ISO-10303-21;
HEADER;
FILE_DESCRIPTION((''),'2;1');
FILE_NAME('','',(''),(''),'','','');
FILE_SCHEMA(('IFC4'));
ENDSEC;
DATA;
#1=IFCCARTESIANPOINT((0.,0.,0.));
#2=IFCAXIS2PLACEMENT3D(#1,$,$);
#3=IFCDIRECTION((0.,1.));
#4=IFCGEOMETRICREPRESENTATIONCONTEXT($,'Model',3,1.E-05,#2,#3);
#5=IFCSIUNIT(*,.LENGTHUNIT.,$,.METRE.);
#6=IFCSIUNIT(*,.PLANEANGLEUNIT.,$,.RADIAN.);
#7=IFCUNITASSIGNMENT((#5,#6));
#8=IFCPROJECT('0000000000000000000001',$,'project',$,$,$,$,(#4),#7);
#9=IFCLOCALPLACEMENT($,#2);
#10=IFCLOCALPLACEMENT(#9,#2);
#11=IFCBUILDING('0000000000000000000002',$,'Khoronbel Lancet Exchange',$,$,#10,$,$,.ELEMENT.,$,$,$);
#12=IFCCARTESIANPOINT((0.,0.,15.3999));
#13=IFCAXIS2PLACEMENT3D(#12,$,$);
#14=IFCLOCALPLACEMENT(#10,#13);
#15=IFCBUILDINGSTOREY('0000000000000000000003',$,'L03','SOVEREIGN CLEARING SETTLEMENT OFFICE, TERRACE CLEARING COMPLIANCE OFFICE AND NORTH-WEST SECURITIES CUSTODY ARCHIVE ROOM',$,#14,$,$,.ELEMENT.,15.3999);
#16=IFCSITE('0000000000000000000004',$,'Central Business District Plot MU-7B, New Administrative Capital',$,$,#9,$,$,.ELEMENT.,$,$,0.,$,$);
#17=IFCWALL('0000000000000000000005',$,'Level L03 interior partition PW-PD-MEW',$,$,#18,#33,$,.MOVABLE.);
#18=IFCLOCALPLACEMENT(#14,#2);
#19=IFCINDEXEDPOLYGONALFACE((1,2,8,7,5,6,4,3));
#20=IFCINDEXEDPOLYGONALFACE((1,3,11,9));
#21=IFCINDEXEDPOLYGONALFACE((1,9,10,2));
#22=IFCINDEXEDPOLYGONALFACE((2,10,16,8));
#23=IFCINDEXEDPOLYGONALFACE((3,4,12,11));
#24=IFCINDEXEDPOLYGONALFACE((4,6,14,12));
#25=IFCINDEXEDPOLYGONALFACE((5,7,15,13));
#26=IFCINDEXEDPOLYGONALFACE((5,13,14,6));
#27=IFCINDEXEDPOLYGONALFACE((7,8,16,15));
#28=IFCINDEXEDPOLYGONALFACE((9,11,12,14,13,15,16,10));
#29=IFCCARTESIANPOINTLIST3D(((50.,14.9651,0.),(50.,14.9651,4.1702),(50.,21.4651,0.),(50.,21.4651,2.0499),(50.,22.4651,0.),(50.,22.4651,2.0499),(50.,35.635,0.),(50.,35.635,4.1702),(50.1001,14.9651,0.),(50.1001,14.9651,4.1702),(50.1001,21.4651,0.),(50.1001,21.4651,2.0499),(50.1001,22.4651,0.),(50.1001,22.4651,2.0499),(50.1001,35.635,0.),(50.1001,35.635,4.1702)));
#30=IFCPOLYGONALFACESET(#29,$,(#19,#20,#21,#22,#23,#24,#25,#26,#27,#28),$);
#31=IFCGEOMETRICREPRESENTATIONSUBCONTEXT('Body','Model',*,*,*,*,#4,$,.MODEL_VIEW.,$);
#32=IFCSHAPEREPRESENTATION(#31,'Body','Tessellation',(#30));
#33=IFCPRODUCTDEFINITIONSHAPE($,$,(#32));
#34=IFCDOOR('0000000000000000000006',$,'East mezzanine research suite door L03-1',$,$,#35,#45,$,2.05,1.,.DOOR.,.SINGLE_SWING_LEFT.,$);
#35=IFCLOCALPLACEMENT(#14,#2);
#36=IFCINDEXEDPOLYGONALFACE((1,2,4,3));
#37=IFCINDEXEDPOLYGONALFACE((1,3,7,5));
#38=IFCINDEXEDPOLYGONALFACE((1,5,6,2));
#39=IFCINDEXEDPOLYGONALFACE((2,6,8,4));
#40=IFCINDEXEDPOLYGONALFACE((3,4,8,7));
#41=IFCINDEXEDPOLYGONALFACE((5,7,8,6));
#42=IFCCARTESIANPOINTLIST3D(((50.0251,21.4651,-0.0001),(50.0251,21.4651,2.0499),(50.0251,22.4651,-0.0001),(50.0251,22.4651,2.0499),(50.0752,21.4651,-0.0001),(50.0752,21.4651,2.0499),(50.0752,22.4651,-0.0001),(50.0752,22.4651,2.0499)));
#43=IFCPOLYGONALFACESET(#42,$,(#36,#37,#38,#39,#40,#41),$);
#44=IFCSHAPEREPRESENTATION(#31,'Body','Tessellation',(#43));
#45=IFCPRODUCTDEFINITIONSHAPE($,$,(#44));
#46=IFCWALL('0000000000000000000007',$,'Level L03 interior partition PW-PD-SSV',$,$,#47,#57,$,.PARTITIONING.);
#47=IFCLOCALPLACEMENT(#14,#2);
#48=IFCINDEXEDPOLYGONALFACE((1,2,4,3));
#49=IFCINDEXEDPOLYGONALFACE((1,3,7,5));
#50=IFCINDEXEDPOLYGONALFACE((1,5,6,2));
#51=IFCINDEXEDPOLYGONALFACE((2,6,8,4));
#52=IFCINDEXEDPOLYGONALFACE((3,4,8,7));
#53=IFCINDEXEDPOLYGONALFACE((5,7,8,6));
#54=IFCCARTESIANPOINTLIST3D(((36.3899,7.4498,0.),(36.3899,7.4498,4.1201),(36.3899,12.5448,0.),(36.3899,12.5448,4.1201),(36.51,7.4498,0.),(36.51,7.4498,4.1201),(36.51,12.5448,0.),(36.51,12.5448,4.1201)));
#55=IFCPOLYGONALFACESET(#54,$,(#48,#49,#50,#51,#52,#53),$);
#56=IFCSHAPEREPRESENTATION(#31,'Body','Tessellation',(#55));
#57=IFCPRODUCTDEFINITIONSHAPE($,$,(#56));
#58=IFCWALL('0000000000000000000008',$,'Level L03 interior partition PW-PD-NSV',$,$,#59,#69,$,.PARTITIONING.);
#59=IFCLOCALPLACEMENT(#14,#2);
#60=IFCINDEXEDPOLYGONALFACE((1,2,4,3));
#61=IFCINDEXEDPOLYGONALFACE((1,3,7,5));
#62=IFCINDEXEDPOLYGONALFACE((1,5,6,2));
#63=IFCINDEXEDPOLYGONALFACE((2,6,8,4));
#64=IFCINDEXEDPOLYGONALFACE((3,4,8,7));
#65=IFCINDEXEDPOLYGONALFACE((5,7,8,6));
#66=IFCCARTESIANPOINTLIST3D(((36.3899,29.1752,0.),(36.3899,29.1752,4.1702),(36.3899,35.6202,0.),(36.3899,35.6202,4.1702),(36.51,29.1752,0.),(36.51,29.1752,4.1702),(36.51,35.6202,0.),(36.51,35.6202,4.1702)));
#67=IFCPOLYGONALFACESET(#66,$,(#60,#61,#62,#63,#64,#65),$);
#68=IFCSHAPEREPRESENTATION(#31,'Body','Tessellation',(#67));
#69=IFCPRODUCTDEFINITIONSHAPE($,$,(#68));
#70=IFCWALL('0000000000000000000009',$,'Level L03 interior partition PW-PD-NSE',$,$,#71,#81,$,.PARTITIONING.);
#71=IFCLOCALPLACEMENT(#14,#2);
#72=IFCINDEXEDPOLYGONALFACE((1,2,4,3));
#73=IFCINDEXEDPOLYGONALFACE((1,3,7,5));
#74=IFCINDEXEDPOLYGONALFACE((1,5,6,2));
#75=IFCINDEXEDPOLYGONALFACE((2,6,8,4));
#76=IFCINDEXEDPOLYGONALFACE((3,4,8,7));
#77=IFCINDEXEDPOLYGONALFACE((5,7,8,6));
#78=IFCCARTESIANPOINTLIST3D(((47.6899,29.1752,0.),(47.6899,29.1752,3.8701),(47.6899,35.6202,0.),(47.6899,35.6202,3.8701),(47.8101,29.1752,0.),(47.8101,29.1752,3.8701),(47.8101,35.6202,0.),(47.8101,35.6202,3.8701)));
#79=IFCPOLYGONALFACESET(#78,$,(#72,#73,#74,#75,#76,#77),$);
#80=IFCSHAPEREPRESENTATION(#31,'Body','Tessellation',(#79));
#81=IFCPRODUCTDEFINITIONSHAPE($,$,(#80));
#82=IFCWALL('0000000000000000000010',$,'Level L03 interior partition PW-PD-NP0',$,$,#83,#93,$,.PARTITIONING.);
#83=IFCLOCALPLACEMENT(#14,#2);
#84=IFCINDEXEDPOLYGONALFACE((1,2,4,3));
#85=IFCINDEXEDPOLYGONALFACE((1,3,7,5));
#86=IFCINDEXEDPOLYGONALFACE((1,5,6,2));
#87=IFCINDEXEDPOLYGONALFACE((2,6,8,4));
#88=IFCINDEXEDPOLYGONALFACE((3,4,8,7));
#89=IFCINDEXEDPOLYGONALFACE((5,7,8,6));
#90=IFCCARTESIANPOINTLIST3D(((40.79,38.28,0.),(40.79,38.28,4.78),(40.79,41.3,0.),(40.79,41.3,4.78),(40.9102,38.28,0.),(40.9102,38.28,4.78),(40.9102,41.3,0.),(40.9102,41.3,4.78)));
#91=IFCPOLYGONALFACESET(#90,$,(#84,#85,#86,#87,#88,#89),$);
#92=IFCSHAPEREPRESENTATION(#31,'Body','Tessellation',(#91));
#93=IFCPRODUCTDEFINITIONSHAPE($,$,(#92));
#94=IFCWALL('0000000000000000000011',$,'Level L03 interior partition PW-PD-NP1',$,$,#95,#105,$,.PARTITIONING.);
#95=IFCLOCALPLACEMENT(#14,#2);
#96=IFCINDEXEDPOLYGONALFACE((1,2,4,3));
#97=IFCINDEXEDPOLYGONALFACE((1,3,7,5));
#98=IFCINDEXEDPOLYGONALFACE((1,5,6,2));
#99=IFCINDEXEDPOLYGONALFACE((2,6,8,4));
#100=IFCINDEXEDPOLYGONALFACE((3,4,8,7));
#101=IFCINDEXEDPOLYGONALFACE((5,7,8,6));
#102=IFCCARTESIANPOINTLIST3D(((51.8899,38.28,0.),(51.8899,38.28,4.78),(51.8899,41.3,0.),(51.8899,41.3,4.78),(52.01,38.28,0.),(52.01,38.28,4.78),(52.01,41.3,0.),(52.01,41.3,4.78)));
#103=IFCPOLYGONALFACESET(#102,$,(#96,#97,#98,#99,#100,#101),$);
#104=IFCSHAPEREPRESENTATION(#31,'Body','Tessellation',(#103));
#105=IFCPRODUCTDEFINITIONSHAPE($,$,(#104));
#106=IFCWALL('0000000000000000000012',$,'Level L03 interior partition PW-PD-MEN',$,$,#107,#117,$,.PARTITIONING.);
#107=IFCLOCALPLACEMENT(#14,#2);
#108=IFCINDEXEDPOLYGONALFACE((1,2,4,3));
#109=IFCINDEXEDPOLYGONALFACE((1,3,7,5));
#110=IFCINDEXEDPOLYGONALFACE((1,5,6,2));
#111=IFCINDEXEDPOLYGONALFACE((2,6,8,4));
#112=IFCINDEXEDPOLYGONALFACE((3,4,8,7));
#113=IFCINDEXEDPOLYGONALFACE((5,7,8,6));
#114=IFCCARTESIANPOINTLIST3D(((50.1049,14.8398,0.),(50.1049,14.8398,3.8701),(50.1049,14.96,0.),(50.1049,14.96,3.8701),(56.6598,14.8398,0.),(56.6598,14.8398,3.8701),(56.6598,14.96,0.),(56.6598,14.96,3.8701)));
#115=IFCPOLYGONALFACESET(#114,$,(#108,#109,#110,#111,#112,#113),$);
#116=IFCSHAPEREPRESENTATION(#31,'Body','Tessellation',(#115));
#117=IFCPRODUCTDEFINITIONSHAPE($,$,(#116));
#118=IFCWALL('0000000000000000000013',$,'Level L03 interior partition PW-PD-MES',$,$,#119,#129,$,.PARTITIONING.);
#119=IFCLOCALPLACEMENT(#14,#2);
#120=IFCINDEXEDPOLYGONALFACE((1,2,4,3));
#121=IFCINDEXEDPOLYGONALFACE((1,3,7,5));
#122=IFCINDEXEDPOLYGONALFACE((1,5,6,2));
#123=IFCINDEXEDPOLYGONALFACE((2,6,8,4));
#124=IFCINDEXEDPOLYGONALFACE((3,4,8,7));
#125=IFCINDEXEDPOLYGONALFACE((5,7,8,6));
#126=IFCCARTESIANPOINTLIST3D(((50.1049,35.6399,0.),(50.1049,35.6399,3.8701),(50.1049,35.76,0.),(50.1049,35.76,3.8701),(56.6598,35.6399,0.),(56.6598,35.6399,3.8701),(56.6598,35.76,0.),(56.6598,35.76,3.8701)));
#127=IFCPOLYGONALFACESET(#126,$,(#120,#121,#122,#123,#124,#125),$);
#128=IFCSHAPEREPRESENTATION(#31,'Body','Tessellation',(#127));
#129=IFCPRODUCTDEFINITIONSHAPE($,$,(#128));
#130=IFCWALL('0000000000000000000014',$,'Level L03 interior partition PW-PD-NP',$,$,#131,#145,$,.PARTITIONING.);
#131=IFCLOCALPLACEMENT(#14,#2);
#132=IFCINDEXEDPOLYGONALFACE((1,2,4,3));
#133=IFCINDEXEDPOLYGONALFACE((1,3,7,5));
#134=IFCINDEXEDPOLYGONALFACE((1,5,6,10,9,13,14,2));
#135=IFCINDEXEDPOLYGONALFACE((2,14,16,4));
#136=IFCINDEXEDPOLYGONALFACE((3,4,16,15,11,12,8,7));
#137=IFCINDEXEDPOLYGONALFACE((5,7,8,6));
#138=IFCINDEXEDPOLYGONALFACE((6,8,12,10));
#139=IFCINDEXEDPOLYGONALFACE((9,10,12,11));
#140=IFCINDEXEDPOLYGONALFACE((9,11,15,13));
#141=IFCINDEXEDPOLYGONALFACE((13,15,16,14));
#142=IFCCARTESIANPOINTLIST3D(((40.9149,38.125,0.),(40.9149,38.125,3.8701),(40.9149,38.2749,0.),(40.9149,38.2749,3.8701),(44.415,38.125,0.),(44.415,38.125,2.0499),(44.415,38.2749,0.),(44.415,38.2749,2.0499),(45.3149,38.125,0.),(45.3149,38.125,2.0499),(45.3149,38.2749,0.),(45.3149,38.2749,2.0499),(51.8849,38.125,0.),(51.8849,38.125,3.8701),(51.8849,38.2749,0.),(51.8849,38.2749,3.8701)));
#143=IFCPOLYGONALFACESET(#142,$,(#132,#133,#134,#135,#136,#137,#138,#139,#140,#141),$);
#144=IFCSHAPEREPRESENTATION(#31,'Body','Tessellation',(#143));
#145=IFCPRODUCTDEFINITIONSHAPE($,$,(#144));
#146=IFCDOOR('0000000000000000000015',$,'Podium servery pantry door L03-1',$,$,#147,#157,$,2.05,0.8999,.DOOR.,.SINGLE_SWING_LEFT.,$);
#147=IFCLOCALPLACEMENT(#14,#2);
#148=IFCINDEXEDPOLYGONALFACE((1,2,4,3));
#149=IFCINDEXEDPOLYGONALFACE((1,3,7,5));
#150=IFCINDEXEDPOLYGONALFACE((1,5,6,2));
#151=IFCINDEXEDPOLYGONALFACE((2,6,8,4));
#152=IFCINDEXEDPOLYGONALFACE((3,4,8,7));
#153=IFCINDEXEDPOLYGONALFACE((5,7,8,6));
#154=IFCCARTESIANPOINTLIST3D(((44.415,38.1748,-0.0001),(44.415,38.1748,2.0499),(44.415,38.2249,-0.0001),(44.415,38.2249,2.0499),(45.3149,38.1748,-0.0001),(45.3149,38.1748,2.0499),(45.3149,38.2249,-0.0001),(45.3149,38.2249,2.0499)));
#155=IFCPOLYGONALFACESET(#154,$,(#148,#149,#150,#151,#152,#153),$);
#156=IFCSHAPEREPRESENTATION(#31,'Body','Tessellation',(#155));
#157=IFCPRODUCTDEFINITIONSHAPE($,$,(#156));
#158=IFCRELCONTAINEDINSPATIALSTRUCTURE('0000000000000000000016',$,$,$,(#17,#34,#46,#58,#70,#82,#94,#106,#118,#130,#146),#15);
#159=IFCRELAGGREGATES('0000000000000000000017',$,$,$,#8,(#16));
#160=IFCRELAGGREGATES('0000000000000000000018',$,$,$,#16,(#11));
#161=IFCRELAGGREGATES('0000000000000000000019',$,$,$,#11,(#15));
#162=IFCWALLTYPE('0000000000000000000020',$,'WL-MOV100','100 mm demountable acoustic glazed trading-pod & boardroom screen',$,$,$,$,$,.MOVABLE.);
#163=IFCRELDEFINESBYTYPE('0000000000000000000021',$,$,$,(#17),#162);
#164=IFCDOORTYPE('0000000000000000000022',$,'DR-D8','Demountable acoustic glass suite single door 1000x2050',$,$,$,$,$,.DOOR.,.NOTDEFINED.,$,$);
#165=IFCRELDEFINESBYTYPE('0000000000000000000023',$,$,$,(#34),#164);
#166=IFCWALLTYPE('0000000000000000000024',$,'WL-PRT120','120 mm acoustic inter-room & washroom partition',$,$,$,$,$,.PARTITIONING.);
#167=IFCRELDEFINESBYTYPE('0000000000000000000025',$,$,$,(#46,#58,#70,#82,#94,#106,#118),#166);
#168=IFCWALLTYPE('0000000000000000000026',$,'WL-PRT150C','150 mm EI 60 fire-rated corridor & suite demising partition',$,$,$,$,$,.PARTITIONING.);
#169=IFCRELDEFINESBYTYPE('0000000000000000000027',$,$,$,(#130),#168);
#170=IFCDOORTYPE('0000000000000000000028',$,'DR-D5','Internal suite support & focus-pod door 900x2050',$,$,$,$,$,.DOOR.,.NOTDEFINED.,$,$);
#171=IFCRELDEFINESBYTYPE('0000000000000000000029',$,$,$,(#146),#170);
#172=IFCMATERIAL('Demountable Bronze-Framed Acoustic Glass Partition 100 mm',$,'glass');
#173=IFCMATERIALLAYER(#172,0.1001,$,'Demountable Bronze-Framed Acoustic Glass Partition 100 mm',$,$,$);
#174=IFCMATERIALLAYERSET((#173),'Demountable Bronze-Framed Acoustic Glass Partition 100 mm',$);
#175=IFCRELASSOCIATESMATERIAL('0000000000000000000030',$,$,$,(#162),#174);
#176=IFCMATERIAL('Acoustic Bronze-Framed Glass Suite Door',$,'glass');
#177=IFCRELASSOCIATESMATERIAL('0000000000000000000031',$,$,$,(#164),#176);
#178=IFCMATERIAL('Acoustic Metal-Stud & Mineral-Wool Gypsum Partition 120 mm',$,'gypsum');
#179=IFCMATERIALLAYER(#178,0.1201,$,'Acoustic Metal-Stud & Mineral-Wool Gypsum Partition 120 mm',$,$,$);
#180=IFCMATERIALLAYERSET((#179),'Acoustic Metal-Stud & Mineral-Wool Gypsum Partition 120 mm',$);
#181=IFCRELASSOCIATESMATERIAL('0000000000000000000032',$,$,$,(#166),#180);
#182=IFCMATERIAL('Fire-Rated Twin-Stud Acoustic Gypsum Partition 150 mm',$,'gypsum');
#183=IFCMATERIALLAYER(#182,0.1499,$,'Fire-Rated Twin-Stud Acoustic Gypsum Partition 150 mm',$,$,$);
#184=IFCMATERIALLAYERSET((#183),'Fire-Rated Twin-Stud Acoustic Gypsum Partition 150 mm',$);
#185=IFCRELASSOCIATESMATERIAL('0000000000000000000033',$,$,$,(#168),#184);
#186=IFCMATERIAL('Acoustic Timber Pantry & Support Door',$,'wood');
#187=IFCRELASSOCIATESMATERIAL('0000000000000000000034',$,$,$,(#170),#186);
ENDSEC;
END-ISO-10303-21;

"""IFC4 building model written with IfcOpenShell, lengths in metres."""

from ifc_helpers import new_model, si_unit, direction, frame, frame_2d, origin, place, context, subcontext, project, spatial, rectangle, extrude, material, layer, layer_set, type_object, element, fill, save


model = new_model("IFC4")

# Units and contexts
model_context = context("Model", 3, precision=1e-05, world=origin(), true_north=direction((0.0, 1.0)))
body_context = subcontext(model_context, "Body", "Model", "MODEL_VIEW")
ifc_project = project(units=[si_unit("LENGTHUNIT", "METRE"), si_unit("PLANEANGLEUNIT", "RADIAN")], contexts=[model_context])

# Site, building, storey
site_placement = place(None, origin())
site = spatial("IfcSite", under=ifc_project, at=site_placement, Name="Central Business District Plot MU-7B, New Administrative Capital", CompositionType="ELEMENT", RefElevation=0.0)
building_placement = place(site_placement, origin())
building = spatial("IfcBuilding", under=site, at=building_placement, Name="Khoronbel Lancet Exchange", CompositionType="ELEMENT")
storey_placement = place(building_placement, frame((0.0, 0.0, 15.3999)))
storey = spatial("IfcBuildingStorey", under=building, at=storey_placement, Name="L03", Description="SOVEREIGN CLEARING SETTLEMENT OFFICE, TERRACE CLEARING COMPLIANCE OFFICE AND NORTH-WEST SECURITIES CUSTODY ARCHIVE ROOM", CompositionType="ELEMENT", Elevation=15.3999)

# Wall, opening, door
ifc_material_1 = material(Name="Demountable Bronze-Framed Acoustic Glass Partition 100 mm", Category="glass")
ifc_layer_1 = layer(ifc_material_1, 0.1001, Name="Demountable Bronze-Framed Acoustic Glass Partition 100 mm")
ifc_layer_set_1 = layer_set([ifc_layer_1], Name="Demountable Bronze-Framed Acoustic Glass Partition 100 mm")
wall_type_1 = type_object("IfcWallType", Name="WL-MOV100", Description="100 mm demountable acoustic glazed trading-pod & boardroom screen", PredefinedType="MOVABLE", material=ifc_layer_set_1)
wall_1_placement = place(storey_placement, frame((50.05, 14.9651, 0.0), z_axis=(0.0, 0.0, 1.0), x_axis=(0.0, 1.0, 0.0)))
wall_1 = element("IfcWall", 1, at=wall_1_placement, inside=storey, type_object=wall_type_1, Name="Level L03 interior partition PW-PD-MEW", PredefinedType="MOVABLE", context=body_context, shape_type="SweptSolid", body=[
    extrude(rectangle(XDim=20.6699, YDim=0.1001, at=frame_2d((10.335, 0.0))), origin(), (0.0, 0.0, 1.0), 4.1702),
])
opening_1_placement = place(wall_1_placement, frame((6.5, 0.0, 0.0)))
opening_1 = element("IfcOpeningElement", 2, at=opening_1_placement, cuts=wall_1, PredefinedType="OPENING", context=body_context, shape_type="SweptSolid", body=[
    extrude(rectangle(XDim=1.0, YDim=2.05, at=frame_2d((0.5, 1.0249))), frame((0.0, 0.0601, 0.0), z_axis=(0.0, -1.0, 0.0), x_axis=(1.0, 0.0, 0.0)), (0.0, 0.0, 1.0), 0.1201),
])
ifc_material_2 = material(Name="Acoustic Bronze-Framed Glass Suite Door", Category="glass")
door_type_1 = type_object("IfcDoorType", Name="DR-D8", Description="Demountable acoustic glass suite single door 1000x2050", OperationType="NOTDEFINED", PredefinedType="DOOR", material=ifc_material_2)
door_1_placement = place(opening_1_placement, origin())
door_1 = element("IfcDoor", 3, at=door_1_placement, inside=storey, type_object=door_type_1, Name="East mezzanine research suite door L03-1", OperationType="SINGLE_SWING_LEFT", OverallHeight=2.05, OverallWidth=1.0, PredefinedType="DOOR", context=body_context, shape_type="SweptSolid", body=[
    extrude(rectangle(XDim=1.0, YDim=2.05, at=frame_2d((0.5, 1.0249))), frame((0.0, 0.0249, 0.0), z_axis=(0.0, -1.0, 0.0), x_axis=(1.0, 0.0, 0.0)), (0.0, 0.0, 1.0), 0.05),
])
fill(opening_1, door_1)

# Walls
ifc_material_3 = material(Name="Acoustic Metal-Stud & Mineral-Wool Gypsum Partition 120 mm", Category="gypsum")
ifc_layer_2 = layer(ifc_material_3, 0.1201, Name="Acoustic Metal-Stud & Mineral-Wool Gypsum Partition 120 mm")
ifc_layer_set_2 = layer_set([ifc_layer_2], Name="Acoustic Metal-Stud & Mineral-Wool Gypsum Partition 120 mm")
wall_type_2 = type_object("IfcWallType", Name="WL-PRT120", Description="120 mm acoustic inter-room & washroom partition", PredefinedType="PARTITIONING", material=ifc_layer_set_2)
wall_2_placement = place(storey_placement, frame((36.45, 7.45, 0.0), z_axis=(0.0, 0.0, 1.0), x_axis=(0.0, 1.0, 0.0)))
element("IfcWall", 4, at=wall_2_placement, inside=storey, type_object=wall_type_2, Name="Level L03 interior partition PW-PD-SSV", PredefinedType="PARTITIONING", context=body_context, shape_type="SweptSolid", body=[
    extrude(rectangle(XDim=5.095, YDim=0.1201, at=frame_2d((2.5474, 0.0))), origin(), (0.0, 0.0, 1.0), 4.1201),
])
wall_3_placement = place(storey_placement, frame((36.45, 29.175, 0.0), z_axis=(0.0, 0.0, 1.0), x_axis=(0.0, 1.0, 0.0)))
element("IfcWall", 5, at=wall_3_placement, inside=storey, type_object=wall_type_2, Name="Level L03 interior partition PW-PD-NSV", PredefinedType="PARTITIONING", context=body_context, shape_type="SweptSolid", body=[
    extrude(rectangle(XDim=6.4451, YDim=0.1201, at=frame_2d((3.2227, 0.0))), origin(), (0.0, 0.0, 1.0), 4.1702),
])
wall_4_placement = place(storey_placement, frame((47.75, 29.175, 0.0), z_axis=(0.0, 0.0, 1.0), x_axis=(0.0, 1.0, 0.0)))
element("IfcWall", 6, at=wall_4_placement, inside=storey, type_object=wall_type_2, Name="Level L03 interior partition PW-PD-NSE", PredefinedType="PARTITIONING", context=body_context, shape_type="SweptSolid", body=[
    extrude(rectangle(XDim=6.4451, YDim=0.1201, at=frame_2d((3.2227, 0.0))), origin(), (0.0, 0.0, 1.0), 3.8701),
])
for number, where, z_axis, x_axis, name in (
    (7, (40.8501, 38.28, 0.0), (0.0, 0.0, 1.0), (0.0, 1.0, 0.0), "Level L03 interior partition PW-PD-NP0"),
    (8, (51.95, 38.28, 0.0), (0.0, 0.0, 1.0), (0.0, 1.0, 0.0), "Level L03 interior partition PW-PD-NP1"),
):
    element("IfcWall", number, at=place(storey_placement, frame(where, z_axis=z_axis, x_axis=x_axis)), inside=storey, type_object=wall_type_2, Name=name, PredefinedType="PARTITIONING", context=body_context, shape_type="SweptSolid", body=[
        extrude(rectangle(XDim=3.02, YDim=0.1201, at=frame_2d((1.51, 0.0))), origin(), (0.0, 0.0, 1.0), 4.78),
    ])
for number, where, z_axis, x_axis, name in (
    (9, (50.105, 14.8999, 0.0), (0.0, 0.0, 1.0), (1.0, 0.0, 0.0), "Level L03 interior partition PW-PD-MEN"),
    (10, (50.105, 35.7, 0.0), (0.0, 0.0, 1.0), (1.0, 0.0, 0.0), "Level L03 interior partition PW-PD-MES"),
):
    element("IfcWall", number, at=place(storey_placement, frame(where, z_axis=z_axis, x_axis=x_axis)), inside=storey, type_object=wall_type_2, Name=name, PredefinedType="PARTITIONING", context=body_context, shape_type="SweptSolid", body=[
        extrude(rectangle(XDim=6.5549, YDim=0.1201, at=frame_2d((3.2773, 0.0))), origin(), (0.0, 0.0, 1.0), 3.8701),
    ])

# Wall, opening, door
ifc_material_4 = material(Name="Fire-Rated Twin-Stud Acoustic Gypsum Partition 150 mm", Category="gypsum")
ifc_layer_3 = layer(ifc_material_4, 0.1499, Name="Fire-Rated Twin-Stud Acoustic Gypsum Partition 150 mm")
ifc_layer_set_3 = layer_set([ifc_layer_3], Name="Fire-Rated Twin-Stud Acoustic Gypsum Partition 150 mm")
wall_type_3 = type_object("IfcWallType", Name="WL-PRT150C", Description="150 mm EI 60 fire-rated corridor & suite demising partition", PredefinedType="PARTITIONING", material=ifc_layer_set_3)
wall_5_placement = place(storey_placement, frame((40.915, 38.2, 0.0), z_axis=(0.0, 0.0, 1.0), x_axis=(1.0, 0.0, 0.0)))
wall_5 = element("IfcWall", 11, at=wall_5_placement, inside=storey, type_object=wall_type_3, Name="Level L03 interior partition PW-PD-NP", PredefinedType="PARTITIONING", context=body_context, shape_type="SweptSolid", body=[
    extrude(rectangle(XDim=10.97, YDim=0.1499, at=frame_2d((5.4849, 0.0))), origin(), (0.0, 0.0, 1.0), 3.8701),
])
opening_2_placement = place(wall_5_placement, frame((3.5, 0.0, 0.0)))
opening_2 = element("IfcOpeningElement", 12, at=opening_2_placement, cuts=wall_5, PredefinedType="OPENING", context=body_context, shape_type="SweptSolid", body=[
    extrude(rectangle(XDim=0.8999, YDim=2.05, at=frame_2d((0.45, 1.0249))), frame((0.0, 0.085, 0.0), z_axis=(0.0, -1.0, 0.0), x_axis=(1.0, 0.0, 0.0)), (0.0, 0.0, 1.0), 0.1699),
])
ifc_material_5 = material(Name="Acoustic Timber Pantry & Support Door", Category="wood")
door_type_2 = type_object("IfcDoorType", Name="DR-D5", Description="Internal suite support & focus-pod door 900x2050", OperationType="NOTDEFINED", PredefinedType="DOOR", material=ifc_material_5)
door_2_placement = place(opening_2_placement, origin())
door_2 = element("IfcDoor", 13, at=door_2_placement, inside=storey, type_object=door_type_2, Name="Podium servery pantry door L03-1", OperationType="SINGLE_SWING_LEFT", OverallHeight=2.05, OverallWidth=0.8999, PredefinedType="DOOR", context=body_context, shape_type="SweptSolid", body=[
    extrude(rectangle(XDim=0.8999, YDim=2.05, at=frame_2d((0.45, 1.0249))), frame((0.0, 0.0249, 0.0), z_axis=(0.0, -1.0, 0.0), x_axis=(1.0, 0.0, 0.0)), (0.0, 0.0, 1.0), 0.05),
])
fill(opening_2, door_2)

save(model, "model.ifc")
